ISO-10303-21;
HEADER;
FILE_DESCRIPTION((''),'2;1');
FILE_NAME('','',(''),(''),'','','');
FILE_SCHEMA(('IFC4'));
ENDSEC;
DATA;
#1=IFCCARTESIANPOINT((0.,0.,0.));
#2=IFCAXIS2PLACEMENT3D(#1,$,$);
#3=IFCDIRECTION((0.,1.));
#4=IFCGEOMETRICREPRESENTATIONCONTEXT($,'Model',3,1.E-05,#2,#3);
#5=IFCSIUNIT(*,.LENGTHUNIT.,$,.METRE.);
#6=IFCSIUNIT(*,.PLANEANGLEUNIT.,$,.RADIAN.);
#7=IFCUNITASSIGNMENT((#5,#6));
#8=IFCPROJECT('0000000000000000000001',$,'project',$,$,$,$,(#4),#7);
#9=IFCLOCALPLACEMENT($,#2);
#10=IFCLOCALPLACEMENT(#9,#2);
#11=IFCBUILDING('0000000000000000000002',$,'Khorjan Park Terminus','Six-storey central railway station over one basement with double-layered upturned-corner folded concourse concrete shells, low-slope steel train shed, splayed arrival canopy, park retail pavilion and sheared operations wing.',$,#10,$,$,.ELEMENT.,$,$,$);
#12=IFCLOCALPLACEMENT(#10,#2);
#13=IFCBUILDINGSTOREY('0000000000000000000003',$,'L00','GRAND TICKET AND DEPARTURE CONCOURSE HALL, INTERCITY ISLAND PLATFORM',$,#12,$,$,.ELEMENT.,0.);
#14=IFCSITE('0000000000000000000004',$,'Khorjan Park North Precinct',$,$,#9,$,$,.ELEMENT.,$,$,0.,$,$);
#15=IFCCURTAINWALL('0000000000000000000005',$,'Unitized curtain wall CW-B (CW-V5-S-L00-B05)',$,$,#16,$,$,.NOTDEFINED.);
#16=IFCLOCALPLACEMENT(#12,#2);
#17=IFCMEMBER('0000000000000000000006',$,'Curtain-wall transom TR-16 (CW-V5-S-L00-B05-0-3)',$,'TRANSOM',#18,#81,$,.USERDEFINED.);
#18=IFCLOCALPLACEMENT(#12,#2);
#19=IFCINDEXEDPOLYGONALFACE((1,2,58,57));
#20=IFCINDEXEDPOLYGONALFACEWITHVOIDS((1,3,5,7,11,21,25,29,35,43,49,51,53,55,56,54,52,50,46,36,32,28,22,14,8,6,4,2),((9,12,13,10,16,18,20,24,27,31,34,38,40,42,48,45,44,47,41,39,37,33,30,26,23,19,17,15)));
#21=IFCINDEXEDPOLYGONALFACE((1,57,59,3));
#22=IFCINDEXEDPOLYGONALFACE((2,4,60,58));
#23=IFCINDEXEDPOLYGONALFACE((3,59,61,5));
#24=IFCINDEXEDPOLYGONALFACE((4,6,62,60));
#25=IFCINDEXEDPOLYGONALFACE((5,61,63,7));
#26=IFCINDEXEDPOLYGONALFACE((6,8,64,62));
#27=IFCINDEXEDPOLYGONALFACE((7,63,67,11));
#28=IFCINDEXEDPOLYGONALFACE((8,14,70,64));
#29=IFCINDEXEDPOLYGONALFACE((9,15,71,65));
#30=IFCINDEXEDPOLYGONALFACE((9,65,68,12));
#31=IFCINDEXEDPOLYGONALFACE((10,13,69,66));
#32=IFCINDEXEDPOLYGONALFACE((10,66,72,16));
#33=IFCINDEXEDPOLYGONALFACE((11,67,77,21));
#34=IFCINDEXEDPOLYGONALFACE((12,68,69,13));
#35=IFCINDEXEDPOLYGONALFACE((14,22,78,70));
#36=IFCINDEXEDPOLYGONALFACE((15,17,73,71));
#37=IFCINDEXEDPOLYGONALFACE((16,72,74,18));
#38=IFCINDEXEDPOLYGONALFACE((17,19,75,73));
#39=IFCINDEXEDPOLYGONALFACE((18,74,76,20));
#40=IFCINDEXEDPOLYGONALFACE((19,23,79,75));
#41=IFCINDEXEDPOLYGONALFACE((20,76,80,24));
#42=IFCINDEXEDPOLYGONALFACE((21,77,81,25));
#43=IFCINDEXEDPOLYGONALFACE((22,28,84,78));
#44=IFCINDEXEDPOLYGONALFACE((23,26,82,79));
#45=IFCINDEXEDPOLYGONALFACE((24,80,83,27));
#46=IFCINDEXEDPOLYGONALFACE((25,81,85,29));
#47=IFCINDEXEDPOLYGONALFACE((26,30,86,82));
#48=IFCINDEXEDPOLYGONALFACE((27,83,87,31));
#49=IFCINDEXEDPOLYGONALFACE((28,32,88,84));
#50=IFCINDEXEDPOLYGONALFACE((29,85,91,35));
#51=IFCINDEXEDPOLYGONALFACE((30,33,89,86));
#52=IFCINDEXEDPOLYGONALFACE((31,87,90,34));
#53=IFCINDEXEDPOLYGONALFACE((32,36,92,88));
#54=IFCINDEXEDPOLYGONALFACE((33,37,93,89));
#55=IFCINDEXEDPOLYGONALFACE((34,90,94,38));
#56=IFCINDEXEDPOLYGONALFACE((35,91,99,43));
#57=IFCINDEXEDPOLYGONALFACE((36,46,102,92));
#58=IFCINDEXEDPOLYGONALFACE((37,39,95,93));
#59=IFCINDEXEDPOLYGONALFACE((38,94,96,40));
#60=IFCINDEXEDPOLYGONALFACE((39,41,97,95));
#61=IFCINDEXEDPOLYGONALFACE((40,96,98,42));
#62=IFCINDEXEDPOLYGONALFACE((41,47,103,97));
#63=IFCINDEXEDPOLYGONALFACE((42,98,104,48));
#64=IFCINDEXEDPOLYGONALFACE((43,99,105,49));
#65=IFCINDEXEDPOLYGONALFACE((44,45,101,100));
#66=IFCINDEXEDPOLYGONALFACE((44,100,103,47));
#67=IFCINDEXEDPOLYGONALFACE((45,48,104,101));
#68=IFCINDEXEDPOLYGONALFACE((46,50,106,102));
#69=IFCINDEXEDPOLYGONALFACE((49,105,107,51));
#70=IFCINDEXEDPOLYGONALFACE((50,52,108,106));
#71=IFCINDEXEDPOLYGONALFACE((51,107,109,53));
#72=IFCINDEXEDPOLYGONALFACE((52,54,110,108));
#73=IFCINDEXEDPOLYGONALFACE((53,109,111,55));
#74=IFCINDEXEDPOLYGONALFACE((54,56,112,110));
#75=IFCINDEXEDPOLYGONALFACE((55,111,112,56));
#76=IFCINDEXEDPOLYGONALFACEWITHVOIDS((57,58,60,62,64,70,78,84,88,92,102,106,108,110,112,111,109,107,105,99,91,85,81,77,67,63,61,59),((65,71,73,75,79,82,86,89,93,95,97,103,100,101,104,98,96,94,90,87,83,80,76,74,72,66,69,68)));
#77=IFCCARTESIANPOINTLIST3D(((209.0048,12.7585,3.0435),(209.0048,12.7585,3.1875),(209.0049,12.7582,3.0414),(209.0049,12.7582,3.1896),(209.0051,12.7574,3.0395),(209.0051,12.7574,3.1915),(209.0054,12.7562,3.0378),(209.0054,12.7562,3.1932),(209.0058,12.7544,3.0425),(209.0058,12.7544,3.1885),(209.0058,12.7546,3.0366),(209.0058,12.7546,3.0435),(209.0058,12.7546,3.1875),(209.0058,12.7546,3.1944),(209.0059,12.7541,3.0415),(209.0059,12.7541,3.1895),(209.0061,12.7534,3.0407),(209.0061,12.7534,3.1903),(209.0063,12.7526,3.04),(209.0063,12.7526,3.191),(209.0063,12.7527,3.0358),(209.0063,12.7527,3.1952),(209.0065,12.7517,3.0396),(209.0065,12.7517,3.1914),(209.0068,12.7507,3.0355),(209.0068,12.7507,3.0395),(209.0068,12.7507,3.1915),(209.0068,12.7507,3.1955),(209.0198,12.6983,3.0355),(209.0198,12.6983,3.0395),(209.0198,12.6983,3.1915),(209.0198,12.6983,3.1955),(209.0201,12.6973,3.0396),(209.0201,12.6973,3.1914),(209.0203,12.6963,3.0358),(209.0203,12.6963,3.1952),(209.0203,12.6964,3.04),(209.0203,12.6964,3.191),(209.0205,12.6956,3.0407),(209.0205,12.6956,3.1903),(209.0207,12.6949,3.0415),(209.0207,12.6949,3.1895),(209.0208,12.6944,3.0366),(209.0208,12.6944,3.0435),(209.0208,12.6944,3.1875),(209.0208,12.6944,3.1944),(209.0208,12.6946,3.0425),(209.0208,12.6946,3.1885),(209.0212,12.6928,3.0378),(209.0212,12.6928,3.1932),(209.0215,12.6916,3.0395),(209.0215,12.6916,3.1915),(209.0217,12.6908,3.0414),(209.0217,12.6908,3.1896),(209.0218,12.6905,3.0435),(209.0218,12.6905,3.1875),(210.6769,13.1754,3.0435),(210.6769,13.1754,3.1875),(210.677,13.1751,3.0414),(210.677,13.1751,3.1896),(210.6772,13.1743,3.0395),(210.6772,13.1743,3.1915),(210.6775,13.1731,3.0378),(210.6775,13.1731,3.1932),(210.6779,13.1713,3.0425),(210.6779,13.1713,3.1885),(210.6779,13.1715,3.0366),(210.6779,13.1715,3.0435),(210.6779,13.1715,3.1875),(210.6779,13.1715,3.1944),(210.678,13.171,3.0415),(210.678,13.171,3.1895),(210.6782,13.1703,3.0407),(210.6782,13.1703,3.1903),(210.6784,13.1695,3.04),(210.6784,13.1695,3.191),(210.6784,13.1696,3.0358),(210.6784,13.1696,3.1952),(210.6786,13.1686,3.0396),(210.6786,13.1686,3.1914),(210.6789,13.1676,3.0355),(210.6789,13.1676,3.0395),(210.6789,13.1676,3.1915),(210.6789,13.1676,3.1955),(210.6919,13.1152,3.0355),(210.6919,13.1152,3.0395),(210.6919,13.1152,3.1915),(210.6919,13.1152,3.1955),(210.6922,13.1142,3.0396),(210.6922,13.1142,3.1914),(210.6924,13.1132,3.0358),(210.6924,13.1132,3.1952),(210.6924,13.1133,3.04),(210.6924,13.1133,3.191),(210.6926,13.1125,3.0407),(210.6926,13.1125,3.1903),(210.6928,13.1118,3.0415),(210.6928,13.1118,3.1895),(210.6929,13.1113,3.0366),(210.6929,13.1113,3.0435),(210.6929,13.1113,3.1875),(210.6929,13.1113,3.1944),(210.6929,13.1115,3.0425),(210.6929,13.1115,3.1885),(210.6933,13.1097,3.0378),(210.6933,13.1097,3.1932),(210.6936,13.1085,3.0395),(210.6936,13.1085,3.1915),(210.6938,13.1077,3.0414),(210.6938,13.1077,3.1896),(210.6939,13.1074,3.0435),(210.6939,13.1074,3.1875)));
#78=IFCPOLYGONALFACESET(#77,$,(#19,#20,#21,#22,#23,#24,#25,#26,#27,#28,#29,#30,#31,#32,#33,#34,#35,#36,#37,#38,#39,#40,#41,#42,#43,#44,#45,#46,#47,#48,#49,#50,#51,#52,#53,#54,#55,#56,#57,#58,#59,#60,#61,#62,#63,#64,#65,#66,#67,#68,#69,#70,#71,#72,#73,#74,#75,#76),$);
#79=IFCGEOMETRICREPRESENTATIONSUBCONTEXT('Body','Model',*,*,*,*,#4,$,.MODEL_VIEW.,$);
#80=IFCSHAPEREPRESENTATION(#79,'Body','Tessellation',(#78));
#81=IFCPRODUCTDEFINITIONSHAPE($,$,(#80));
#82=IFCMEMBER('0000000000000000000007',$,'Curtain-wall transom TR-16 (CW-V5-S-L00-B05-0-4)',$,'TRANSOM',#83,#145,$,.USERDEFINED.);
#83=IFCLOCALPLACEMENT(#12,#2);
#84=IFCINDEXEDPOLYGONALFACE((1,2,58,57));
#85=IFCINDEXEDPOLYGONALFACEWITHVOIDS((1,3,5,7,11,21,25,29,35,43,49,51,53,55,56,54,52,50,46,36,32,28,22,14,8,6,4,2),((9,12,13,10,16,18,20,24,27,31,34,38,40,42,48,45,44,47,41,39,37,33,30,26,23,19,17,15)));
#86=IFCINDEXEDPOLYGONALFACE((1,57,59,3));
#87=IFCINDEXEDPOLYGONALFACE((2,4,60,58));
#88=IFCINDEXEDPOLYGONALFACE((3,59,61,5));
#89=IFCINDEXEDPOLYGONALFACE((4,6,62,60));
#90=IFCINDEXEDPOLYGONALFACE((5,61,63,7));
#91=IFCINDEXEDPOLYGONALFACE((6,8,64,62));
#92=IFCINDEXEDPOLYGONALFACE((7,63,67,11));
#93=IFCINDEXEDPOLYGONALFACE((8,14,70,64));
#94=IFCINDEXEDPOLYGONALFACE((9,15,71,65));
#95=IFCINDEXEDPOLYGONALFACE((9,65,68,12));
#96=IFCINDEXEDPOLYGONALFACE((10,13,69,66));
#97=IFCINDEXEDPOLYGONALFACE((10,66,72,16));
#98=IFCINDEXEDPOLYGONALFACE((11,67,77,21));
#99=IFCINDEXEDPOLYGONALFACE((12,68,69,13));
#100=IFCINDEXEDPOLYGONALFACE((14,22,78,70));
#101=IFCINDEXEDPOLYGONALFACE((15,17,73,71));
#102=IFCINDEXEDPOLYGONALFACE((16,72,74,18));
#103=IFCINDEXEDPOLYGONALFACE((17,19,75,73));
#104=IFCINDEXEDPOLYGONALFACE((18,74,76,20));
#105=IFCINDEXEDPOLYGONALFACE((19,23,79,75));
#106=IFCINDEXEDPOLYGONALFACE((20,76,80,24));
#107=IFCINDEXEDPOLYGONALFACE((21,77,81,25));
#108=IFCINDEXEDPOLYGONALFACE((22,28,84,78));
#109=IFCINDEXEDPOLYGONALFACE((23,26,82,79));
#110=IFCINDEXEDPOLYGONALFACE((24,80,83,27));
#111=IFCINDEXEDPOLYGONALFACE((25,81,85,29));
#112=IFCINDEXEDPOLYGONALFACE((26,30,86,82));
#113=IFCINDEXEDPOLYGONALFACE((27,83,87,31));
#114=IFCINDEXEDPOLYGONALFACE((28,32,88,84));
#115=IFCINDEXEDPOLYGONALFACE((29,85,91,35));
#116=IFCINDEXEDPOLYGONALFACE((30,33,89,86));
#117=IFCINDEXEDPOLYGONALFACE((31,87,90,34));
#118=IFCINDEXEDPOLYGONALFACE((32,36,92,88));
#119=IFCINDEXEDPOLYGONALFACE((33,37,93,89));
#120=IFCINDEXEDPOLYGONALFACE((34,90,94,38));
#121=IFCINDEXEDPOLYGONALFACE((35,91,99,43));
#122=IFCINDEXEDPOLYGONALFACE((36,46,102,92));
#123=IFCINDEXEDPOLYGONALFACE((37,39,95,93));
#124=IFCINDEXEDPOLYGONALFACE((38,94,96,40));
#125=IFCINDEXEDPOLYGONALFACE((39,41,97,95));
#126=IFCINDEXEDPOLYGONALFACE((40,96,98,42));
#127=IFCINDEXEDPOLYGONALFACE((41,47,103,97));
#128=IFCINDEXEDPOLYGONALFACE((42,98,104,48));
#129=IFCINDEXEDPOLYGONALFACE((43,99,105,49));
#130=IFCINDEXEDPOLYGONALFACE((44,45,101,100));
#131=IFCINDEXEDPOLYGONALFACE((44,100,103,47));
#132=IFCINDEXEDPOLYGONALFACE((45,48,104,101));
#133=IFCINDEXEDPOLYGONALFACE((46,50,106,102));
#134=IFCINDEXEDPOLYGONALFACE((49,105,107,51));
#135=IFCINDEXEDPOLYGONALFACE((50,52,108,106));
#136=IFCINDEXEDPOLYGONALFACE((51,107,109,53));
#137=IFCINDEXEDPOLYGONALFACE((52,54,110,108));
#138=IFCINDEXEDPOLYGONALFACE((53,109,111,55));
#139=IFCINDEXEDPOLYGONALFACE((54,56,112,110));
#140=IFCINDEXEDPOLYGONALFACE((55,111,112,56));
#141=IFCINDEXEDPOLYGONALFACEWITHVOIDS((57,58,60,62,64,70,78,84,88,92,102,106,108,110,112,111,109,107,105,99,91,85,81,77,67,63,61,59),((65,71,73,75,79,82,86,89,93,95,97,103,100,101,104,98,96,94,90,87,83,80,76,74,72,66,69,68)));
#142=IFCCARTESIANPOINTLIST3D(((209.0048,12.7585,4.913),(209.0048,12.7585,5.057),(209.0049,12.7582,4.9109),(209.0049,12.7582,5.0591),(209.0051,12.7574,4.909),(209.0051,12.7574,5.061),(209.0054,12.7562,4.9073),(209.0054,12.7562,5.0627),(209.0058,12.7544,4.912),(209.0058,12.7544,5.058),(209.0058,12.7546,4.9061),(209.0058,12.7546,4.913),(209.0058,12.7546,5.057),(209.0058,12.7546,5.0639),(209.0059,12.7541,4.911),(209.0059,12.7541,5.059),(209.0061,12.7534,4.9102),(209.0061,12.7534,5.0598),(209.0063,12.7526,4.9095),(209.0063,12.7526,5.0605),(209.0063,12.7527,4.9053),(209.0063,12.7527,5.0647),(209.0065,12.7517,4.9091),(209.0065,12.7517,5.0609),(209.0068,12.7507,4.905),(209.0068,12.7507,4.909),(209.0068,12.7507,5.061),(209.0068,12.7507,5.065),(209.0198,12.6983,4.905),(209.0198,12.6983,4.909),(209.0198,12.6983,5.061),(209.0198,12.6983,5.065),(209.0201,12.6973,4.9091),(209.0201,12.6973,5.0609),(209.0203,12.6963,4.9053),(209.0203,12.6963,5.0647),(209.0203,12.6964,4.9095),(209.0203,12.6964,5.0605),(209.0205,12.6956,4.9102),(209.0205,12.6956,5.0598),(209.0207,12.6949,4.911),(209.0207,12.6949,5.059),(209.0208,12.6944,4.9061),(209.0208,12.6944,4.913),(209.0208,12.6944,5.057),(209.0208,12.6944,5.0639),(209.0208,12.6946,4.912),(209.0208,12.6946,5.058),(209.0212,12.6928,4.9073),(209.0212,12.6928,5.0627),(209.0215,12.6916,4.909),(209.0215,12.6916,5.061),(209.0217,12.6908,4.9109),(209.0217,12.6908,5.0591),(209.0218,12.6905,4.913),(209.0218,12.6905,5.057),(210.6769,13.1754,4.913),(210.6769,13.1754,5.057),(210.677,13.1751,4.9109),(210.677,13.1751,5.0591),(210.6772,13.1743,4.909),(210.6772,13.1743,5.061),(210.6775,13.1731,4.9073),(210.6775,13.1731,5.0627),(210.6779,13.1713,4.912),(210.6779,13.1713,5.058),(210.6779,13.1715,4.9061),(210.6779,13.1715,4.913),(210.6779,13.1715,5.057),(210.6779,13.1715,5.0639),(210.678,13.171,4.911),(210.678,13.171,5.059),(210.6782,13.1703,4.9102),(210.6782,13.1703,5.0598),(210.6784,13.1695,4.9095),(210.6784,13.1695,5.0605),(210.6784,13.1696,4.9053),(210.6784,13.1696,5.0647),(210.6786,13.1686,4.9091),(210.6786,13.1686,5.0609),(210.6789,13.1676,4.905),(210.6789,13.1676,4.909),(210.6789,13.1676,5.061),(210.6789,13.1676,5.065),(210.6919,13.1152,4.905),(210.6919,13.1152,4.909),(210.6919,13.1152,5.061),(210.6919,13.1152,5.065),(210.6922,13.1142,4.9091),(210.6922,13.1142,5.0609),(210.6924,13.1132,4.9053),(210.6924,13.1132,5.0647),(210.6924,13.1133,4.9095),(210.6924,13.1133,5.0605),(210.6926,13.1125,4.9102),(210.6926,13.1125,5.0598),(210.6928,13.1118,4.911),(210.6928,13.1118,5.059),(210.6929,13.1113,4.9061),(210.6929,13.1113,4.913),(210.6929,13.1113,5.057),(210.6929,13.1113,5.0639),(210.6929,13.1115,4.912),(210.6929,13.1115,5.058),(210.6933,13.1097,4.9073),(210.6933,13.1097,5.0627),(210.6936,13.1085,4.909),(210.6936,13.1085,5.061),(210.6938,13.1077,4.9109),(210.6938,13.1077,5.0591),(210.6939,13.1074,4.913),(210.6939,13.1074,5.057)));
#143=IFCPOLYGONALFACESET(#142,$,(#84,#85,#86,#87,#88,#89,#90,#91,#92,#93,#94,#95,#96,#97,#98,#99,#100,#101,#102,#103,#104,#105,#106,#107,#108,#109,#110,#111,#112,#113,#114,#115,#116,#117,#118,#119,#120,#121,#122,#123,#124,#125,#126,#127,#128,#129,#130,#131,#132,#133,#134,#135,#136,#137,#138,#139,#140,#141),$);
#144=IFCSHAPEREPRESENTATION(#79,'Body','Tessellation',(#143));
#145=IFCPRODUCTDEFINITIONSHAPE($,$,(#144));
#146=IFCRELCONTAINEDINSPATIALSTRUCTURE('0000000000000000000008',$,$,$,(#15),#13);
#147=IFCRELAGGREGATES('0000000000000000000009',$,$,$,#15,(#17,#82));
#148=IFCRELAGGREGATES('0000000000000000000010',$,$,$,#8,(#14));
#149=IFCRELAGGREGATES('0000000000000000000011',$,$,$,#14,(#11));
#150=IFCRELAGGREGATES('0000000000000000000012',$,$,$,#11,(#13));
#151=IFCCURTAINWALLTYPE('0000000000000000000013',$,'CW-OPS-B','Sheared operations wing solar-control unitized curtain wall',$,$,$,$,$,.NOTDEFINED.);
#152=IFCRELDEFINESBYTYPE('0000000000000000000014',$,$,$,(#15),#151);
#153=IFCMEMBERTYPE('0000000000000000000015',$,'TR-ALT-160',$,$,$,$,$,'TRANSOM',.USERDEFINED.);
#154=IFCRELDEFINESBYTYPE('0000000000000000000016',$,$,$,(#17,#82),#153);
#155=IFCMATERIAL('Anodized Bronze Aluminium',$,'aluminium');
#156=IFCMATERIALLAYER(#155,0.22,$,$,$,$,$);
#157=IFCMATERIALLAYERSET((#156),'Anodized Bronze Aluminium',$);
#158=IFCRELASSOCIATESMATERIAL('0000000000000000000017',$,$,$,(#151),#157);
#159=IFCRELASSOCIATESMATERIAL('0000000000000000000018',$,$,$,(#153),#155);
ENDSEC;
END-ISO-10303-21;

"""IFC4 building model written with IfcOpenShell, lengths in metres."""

from ifc_helpers import new_model, si_unit, direction, frame, origin, origin_2d, place, context, subcontext, project, spatial, hollow_rectangle, extrude, material, layer, layer_set, material_profile, profile_set, type_object, element, aggregate, save


model = new_model("IFC4")

# Units and contexts
model_context = context("Model", 3, precision=1e-05, world=origin(), true_north=direction((0.0, 1.0)))
body_context = subcontext(model_context, "Body", "Model", "MODEL_VIEW")
ifc_project = project(units=[si_unit("LENGTHUNIT", "METRE"), si_unit("PLANEANGLEUNIT", "RADIAN")], contexts=[model_context])

# Site, building, storey
site_placement = place(None, origin())
site = spatial("IfcSite", under=ifc_project, at=site_placement, Name="Khorjan Park North Precinct", CompositionType="ELEMENT", RefElevation=0.0)
building_placement = place(site_placement, origin())
building = spatial("IfcBuilding", under=site, at=building_placement, Name="Khorjan Park Terminus", Description="Six-storey central railway station over one basement with double-layered upturned-corner folded concourse concrete shells, low-slope steel train shed, splayed arrival canopy, park retail pavilion and sheared operations wing.", CompositionType="ELEMENT")
storey_placement = place(building_placement, origin())
storey = spatial("IfcBuildingStorey", under=building, at=storey_placement, Name="L00", Description="GRAND TICKET AND DEPARTURE CONCOURSE HALL, INTERCITY ISLAND PLATFORM", CompositionType="ELEMENT", Elevation=0.0)

# Curtain wall, members
ifc_material_1 = material(Name="Anodized Bronze Aluminium", Category="aluminium")
ifc_layer_1 = layer(ifc_material_1, 0.22)
ifc_layer_set_1 = layer_set([ifc_layer_1], Name="Anodized Bronze Aluminium")
curtain_wall_type = type_object("IfcCurtainWallType", Name="CW-OPS-B", Description="Sheared operations wing solar-control unitized curtain wall", PredefinedType="NOTDEFINED", material=ifc_layer_set_1)
curtain_wall_placement = place(storey_placement, origin())
curtain_wall = element("IfcCurtainWall", 1, at=curtain_wall_placement, inside=storey, type_object=curtain_wall_type, Name="Unitized curtain wall CW-B (CW-V5-S-L00-B05)", PredefinedType="NOTDEFINED")
ifc_material_profile_1 = material_profile(ifc_material_1, hollow_rectangle(XDim=0.07, YDim=0.16, WallThickness=0.004, InnerFilletRadius=0.004, OuterFilletRadius=0.008, at=origin_2d()), Name="ALT 70x160x4")
ifc_profile_set_1 = profile_set([ifc_material_profile_1], Name="Anodized Bronze Aluminium")
member_type_1 = type_object("IfcMemberType", Name="TR-ALT-160", ElementType="TRANSOM", PredefinedType="USERDEFINED", material=ifc_profile_set_1)
member_1_placement = place(storey_placement, frame((209.0133, 12.7245, 3.1155), z_axis=(0.970296, 0.241921, 0.0), x_axis=(-0.241921, 0.970296, 0.0)))
member_1 = element("IfcMember", 2, at=member_1_placement, type_object=member_type_1, Name="Curtain-wall transom TR-16 (CW-V5-S-L00-B05-0-3)", ObjectType="TRANSOM", PredefinedType="USERDEFINED", context=body_context, shape_type="SweptSolid", body=[
    extrude(hollow_rectangle(XDim=0.07, YDim=0.16, WallThickness=0.004, InnerFilletRadius=0.004, OuterFilletRadius=0.008, at=origin_2d()), origin(), (0.0, 0.0, 1.0), 1.7233),
])
member_2_placement = place(storey_placement, frame((209.0133, 12.7245, 4.985), z_axis=(0.970296, 0.241921, 0.0), x_axis=(-0.241921, 0.970296, 0.0)))
member_2 = element("IfcMember", 3, at=member_2_placement, type_object=member_type_1, Name="Curtain-wall transom TR-16 (CW-V5-S-L00-B05-0-4)", ObjectType="TRANSOM", PredefinedType="USERDEFINED", context=body_context, shape_type="SweptSolid", body=[
    extrude(hollow_rectangle(XDim=0.07, YDim=0.16, WallThickness=0.004, InnerFilletRadius=0.004, OuterFilletRadius=0.008, at=origin_2d()), origin(), (0.0, 0.0, 1.0), 1.7233),
])
aggregate(curtain_wall, [member_1, member_2])

save(model, "model.ifc")
